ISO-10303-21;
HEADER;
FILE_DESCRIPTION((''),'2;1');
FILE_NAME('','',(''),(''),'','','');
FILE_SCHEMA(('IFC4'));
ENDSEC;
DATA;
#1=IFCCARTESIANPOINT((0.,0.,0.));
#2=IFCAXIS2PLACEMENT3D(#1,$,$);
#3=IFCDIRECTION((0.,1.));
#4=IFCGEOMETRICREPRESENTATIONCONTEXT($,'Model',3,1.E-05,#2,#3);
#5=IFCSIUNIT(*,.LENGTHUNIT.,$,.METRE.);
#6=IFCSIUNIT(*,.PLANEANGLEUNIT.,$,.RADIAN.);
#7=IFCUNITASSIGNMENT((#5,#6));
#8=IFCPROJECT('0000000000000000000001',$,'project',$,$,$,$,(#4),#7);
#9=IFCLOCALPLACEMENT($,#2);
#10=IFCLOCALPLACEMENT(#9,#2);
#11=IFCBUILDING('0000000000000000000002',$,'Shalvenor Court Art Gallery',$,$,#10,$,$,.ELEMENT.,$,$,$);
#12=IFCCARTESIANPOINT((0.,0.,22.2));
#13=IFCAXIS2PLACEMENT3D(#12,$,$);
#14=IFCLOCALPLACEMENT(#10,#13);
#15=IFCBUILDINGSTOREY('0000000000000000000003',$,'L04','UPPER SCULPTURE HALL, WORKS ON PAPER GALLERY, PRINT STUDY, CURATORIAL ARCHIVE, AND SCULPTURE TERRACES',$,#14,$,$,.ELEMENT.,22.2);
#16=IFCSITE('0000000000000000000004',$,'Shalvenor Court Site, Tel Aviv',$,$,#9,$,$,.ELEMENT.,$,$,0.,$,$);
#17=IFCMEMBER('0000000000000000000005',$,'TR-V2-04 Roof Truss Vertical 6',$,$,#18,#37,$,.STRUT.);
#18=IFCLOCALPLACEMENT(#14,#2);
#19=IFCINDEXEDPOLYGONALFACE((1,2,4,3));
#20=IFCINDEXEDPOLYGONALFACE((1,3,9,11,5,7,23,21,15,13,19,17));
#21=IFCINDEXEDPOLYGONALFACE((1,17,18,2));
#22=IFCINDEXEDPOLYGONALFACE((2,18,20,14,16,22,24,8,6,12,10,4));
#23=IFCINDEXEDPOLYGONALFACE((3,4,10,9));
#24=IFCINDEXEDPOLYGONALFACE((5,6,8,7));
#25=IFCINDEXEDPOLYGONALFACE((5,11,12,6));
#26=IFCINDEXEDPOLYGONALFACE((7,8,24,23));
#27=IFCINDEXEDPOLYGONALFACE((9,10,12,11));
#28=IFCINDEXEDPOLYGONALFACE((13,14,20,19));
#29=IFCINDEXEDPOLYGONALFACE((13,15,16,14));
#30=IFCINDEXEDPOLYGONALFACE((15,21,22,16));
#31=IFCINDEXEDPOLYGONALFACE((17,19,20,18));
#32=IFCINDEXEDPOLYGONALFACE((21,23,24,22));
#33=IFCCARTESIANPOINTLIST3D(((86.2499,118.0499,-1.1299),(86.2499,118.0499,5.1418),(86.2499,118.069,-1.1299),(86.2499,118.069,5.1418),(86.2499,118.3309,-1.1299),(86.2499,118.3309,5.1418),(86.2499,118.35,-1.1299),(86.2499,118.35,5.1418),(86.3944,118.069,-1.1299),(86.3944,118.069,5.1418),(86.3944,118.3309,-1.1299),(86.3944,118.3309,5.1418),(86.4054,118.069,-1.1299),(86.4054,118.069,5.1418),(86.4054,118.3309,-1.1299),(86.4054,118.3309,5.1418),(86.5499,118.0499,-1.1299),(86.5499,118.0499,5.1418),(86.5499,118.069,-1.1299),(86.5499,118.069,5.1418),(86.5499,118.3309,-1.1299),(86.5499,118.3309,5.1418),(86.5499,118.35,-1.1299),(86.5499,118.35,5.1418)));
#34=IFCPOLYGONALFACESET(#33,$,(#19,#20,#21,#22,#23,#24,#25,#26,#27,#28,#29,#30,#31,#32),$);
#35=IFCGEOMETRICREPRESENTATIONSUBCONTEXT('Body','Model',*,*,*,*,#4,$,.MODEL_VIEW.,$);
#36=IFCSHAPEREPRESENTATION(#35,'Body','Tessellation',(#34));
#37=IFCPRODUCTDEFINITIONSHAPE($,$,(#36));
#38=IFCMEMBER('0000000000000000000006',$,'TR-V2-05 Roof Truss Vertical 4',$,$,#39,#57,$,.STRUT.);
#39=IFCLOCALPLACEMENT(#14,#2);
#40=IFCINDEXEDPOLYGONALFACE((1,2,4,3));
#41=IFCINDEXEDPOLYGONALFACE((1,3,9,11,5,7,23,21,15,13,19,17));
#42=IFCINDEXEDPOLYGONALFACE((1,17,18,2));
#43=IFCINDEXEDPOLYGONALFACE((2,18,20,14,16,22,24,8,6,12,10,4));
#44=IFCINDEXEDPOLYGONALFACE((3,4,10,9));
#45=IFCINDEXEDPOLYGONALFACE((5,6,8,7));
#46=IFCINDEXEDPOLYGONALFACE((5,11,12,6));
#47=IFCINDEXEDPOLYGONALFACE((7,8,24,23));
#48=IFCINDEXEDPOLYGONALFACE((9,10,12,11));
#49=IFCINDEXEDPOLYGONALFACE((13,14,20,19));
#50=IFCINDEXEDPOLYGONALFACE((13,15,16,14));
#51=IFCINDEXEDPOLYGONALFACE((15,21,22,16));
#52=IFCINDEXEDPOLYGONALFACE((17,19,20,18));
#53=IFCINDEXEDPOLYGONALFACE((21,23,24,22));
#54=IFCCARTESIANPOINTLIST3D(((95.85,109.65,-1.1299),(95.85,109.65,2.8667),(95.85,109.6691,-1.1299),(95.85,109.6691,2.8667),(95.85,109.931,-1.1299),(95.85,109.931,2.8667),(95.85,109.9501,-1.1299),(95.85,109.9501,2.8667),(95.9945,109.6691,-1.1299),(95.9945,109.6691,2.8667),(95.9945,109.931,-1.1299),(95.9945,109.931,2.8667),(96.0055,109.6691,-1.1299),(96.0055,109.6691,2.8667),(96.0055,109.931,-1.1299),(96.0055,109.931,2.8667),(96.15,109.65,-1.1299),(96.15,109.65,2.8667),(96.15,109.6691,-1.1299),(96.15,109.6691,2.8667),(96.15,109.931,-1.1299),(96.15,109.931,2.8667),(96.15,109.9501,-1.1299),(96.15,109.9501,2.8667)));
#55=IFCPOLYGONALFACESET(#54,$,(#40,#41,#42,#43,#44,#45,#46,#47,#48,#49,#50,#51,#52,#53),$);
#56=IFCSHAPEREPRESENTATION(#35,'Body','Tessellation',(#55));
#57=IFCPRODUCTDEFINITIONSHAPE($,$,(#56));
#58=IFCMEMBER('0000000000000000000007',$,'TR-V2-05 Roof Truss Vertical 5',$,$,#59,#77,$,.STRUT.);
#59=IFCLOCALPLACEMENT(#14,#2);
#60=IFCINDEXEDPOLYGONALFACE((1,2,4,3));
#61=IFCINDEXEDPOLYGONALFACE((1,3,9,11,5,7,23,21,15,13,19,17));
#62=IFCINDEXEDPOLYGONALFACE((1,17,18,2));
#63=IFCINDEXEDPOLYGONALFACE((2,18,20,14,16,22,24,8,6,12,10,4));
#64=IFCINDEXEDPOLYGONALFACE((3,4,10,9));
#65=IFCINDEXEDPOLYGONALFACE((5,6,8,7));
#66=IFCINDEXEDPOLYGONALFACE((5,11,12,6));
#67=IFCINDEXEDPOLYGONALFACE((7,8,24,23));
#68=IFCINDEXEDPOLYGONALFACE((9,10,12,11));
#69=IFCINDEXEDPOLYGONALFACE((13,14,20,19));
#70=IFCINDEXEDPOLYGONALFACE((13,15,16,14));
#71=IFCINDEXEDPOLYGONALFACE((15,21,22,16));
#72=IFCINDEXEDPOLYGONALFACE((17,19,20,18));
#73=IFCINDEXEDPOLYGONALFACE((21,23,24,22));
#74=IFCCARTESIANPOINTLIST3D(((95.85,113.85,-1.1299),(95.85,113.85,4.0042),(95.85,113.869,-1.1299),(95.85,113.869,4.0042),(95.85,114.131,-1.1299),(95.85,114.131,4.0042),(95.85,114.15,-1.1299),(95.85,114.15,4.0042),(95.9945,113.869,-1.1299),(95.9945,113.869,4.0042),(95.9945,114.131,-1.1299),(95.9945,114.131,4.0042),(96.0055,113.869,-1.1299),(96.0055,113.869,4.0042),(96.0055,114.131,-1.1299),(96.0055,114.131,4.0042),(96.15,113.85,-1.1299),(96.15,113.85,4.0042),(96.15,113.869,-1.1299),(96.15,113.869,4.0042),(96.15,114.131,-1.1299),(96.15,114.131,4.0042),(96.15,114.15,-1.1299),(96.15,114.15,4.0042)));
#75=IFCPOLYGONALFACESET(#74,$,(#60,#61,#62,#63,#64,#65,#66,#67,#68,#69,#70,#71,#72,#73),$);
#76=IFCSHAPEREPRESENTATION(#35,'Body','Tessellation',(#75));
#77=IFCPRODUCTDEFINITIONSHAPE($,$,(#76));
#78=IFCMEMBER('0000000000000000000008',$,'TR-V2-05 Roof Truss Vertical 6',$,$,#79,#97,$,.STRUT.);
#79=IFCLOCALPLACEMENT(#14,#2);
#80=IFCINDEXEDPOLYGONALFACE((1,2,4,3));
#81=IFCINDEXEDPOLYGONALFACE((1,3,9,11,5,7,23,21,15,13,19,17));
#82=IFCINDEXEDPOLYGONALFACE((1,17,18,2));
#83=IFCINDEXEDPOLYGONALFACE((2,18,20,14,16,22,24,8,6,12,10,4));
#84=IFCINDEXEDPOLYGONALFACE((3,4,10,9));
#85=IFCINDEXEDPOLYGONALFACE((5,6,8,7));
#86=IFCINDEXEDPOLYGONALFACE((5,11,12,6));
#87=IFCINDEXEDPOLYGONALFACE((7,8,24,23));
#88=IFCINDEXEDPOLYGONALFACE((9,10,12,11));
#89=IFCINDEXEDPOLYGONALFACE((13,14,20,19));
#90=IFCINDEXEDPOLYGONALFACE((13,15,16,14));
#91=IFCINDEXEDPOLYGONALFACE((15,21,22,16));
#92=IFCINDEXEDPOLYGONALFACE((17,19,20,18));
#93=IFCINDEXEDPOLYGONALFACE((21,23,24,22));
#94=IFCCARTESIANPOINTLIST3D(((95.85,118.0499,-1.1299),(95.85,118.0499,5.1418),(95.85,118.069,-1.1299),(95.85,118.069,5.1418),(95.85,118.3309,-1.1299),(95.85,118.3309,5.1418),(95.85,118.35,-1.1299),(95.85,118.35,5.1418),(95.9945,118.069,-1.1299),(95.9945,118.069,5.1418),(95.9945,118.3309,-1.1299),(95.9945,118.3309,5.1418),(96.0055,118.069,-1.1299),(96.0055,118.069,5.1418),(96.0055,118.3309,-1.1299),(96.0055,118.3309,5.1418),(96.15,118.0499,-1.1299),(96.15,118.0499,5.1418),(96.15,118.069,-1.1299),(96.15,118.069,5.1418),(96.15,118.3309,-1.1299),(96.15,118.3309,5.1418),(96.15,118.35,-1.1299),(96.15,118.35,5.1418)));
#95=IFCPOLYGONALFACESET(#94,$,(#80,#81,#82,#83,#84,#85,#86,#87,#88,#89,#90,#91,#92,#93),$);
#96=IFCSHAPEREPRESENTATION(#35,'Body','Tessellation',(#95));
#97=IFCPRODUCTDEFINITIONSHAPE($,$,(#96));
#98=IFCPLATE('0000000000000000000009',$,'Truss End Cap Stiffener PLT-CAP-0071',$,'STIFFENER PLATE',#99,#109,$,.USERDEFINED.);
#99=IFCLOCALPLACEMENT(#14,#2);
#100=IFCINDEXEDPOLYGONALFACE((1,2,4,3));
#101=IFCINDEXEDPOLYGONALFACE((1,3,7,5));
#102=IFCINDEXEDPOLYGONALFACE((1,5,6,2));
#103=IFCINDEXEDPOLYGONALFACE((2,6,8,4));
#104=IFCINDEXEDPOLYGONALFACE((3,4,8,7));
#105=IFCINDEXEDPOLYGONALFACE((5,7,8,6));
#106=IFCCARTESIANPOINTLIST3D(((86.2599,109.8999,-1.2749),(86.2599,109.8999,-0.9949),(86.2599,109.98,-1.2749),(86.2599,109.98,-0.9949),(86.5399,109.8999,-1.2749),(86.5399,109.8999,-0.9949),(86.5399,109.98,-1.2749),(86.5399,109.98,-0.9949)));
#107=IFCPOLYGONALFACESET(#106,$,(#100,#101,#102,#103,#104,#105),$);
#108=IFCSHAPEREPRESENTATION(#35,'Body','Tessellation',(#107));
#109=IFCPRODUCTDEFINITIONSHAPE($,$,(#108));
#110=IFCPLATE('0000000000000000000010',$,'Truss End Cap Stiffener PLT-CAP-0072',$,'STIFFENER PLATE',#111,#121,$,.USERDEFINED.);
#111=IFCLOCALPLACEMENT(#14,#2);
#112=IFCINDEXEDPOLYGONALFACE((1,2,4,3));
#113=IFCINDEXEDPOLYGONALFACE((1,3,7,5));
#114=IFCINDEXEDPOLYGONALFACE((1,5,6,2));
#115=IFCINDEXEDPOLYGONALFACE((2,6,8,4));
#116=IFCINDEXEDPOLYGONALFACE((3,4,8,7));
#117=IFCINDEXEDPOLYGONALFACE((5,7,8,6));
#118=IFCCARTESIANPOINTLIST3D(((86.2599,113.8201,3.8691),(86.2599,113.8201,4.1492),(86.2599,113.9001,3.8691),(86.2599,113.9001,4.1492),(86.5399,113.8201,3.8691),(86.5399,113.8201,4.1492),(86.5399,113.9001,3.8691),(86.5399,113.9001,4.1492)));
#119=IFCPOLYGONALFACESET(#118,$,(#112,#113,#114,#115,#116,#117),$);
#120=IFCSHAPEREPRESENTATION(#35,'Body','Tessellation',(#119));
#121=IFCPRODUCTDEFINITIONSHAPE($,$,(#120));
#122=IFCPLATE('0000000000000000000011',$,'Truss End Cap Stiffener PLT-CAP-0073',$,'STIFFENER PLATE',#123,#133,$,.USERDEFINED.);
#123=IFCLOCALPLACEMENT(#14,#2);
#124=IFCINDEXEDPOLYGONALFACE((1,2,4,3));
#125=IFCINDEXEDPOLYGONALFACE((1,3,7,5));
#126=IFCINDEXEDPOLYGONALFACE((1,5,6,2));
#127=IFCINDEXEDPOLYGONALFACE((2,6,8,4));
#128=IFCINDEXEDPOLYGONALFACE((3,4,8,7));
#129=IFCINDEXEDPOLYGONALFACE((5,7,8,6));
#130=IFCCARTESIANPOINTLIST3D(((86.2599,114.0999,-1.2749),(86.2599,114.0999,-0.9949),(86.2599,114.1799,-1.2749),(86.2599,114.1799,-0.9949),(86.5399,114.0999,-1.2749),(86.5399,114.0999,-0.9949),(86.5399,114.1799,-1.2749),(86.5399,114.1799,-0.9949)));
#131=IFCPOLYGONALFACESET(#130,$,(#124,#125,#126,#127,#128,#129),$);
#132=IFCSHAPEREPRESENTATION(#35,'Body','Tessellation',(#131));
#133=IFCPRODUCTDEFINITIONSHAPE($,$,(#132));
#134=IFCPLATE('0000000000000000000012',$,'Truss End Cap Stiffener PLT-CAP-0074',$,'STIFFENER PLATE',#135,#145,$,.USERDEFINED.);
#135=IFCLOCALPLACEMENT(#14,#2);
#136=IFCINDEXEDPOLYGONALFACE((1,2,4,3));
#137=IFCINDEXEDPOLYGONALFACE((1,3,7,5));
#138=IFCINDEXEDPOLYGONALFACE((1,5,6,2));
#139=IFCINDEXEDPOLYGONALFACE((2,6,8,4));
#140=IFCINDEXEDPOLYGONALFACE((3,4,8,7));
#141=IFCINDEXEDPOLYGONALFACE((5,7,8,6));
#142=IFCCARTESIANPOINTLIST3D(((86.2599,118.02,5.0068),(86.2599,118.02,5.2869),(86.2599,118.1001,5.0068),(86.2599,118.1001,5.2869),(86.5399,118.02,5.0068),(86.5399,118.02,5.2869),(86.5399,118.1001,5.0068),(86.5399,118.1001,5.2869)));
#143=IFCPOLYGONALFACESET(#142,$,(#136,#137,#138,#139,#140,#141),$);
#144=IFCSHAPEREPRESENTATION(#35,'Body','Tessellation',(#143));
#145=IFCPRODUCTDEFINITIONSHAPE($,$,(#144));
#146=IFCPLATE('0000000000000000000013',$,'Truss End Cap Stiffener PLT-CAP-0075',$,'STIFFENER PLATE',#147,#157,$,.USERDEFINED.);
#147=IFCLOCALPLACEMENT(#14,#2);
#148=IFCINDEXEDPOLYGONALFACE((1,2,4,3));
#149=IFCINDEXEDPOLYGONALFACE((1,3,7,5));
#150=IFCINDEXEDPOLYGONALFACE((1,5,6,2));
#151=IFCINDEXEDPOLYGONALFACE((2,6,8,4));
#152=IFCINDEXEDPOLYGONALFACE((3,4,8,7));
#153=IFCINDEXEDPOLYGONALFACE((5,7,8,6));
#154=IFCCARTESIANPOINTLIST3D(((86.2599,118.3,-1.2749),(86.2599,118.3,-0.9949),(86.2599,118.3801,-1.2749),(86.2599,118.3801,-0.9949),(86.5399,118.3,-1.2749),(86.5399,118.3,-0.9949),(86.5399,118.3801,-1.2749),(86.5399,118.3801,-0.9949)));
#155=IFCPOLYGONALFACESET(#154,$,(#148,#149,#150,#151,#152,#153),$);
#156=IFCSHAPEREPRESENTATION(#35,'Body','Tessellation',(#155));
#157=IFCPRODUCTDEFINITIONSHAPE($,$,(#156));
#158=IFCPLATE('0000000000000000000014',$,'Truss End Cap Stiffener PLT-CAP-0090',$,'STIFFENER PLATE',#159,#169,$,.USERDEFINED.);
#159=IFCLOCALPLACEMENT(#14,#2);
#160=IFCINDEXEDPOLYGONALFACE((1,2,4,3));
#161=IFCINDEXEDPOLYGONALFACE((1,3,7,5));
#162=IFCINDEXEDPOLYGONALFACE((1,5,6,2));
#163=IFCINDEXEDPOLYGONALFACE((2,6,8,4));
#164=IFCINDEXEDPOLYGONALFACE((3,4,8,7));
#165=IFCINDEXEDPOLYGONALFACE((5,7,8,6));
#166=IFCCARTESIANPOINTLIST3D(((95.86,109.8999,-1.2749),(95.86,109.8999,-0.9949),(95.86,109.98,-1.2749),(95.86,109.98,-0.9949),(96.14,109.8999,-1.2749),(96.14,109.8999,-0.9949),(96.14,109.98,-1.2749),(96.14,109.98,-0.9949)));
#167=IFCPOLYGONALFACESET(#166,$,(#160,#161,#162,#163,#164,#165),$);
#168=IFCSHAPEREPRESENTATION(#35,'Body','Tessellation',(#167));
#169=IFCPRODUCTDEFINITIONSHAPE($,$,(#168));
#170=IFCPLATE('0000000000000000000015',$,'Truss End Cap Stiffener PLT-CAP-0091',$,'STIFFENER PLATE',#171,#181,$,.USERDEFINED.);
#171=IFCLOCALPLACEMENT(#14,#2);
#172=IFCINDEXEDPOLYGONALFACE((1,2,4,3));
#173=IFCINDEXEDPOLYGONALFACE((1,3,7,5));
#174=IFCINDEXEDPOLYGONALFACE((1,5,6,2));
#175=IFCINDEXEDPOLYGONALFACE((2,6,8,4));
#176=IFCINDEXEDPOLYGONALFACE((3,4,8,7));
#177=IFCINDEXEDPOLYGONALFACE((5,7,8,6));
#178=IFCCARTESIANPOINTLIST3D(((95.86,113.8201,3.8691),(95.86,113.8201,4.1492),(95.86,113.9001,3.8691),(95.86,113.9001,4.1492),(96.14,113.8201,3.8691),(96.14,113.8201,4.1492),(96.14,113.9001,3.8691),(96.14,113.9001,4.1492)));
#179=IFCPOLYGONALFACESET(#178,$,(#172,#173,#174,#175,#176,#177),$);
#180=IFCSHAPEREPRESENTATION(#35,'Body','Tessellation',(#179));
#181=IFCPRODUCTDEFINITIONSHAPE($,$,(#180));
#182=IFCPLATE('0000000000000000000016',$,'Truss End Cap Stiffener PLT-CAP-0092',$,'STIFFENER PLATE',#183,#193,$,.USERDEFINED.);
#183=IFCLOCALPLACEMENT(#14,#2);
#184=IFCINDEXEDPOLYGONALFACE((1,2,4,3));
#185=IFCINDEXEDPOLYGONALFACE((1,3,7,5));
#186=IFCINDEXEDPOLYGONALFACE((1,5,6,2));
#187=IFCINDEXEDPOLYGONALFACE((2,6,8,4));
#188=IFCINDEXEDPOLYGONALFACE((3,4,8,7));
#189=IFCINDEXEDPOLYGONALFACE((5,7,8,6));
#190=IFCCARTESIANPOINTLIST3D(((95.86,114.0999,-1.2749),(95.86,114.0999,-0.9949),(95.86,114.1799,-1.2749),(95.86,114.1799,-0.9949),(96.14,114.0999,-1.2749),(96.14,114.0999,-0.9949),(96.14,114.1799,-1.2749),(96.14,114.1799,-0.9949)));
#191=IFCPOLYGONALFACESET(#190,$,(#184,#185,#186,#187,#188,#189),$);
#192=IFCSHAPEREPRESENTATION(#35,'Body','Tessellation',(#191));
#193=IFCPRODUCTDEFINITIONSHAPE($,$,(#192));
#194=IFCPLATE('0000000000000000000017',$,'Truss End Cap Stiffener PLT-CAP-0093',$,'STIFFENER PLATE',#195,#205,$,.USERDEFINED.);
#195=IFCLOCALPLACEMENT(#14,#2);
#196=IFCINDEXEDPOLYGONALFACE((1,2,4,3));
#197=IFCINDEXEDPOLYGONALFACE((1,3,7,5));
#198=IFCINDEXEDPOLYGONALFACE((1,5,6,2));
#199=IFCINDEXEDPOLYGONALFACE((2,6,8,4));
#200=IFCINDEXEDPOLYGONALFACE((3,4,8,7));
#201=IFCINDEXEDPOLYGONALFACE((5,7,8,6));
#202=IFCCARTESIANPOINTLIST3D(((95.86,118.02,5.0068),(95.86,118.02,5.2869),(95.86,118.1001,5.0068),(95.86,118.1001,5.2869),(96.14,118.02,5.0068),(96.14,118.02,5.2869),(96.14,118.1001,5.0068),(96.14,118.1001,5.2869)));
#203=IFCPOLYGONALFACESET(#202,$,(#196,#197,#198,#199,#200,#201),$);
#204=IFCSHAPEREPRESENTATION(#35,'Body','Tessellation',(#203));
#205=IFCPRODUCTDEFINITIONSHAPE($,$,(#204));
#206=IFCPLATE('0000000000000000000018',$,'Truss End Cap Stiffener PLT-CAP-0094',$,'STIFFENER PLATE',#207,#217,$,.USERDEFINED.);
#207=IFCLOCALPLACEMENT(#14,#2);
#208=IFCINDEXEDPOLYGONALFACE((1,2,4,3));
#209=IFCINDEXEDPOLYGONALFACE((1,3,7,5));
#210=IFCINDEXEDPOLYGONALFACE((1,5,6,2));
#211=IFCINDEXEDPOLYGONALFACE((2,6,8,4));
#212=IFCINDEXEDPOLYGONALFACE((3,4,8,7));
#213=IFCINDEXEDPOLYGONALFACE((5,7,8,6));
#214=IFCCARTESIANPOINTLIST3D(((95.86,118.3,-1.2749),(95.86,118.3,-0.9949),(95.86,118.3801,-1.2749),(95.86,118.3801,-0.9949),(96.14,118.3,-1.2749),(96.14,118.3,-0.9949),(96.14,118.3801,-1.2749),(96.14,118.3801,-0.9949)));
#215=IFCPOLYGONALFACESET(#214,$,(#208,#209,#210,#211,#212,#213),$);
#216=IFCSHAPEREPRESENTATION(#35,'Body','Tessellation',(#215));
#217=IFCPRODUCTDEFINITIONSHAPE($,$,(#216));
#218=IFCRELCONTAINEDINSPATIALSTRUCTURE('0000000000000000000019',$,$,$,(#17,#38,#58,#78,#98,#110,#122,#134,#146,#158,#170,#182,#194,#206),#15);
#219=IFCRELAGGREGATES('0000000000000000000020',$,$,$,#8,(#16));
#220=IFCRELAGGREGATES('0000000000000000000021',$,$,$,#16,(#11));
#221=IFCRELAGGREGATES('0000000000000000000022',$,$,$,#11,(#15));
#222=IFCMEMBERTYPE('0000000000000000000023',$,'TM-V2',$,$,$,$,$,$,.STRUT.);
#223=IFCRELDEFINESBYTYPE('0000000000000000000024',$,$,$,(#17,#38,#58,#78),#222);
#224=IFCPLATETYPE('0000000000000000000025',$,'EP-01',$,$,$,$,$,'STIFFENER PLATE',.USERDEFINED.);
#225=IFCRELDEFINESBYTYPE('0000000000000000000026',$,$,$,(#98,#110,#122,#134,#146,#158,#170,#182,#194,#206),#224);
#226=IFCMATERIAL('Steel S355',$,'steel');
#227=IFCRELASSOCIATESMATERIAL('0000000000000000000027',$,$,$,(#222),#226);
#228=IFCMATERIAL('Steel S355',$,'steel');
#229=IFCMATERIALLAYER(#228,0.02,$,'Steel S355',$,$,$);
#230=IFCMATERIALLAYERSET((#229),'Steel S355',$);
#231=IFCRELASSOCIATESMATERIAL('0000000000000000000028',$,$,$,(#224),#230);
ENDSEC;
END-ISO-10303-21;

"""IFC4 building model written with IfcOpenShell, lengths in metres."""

from ifc_helpers import new_model, si_unit, direction, frame, origin, origin_2d, place, context, subcontext, project, spatial, rectangle, i_section, extrude, material, layer, layer_set, material_profile, profile_set, type_object, element, save


model = new_model("IFC4")

# Units and contexts
model_context = context("Model", 3, precision=1e-05, world=origin(), true_north=direction((0.0, 1.0)))
body_context = subcontext(model_context, "Body", "Model", "MODEL_VIEW")
ifc_project = project(units=[si_unit("LENGTHUNIT", "METRE"), si_unit("PLANEANGLEUNIT", "RADIAN")], contexts=[model_context])

# Site, building, storey
site_placement = place(None, origin())
site = spatial("IfcSite", under=ifc_project, at=site_placement, Name="Shalvenor Court Site, Tel Aviv", CompositionType="ELEMENT", RefElevation=0.0)
building_placement = place(site_placement, origin())
building = spatial("IfcBuilding", under=site, at=building_placement, Name="Shalvenor Court Art Gallery", CompositionType="ELEMENT")
storey_placement = place(building_placement, frame((0.0, 0.0, 22.2)))
storey = spatial("IfcBuildingStorey", under=building, at=storey_placement, Name="L04", Description="UPPER SCULPTURE HALL, WORKS ON PAPER GALLERY, PRINT STUDY, CURATORIAL ARCHIVE, AND SCULPTURE TERRACES", CompositionType="ELEMENT", Elevation=22.2)

# Members
ifc_material_1 = material(Name="Steel S355", Category="steel")
ifc_material_profile_1 = material_profile(ifc_material_1, i_section(OverallWidth=0.3, OverallDepth=0.3, WebThickness=0.011, FlangeThickness=0.019, at=origin_2d()), Name="HEB 300")
ifc_profile_set_1 = profile_set([ifc_material_profile_1], Name="Steel S355")
member_type_1 = type_object("IfcMemberType", Name="TM-V2", PredefinedType="STRUT", material=ifc_profile_set_1)
member_1_placement = place(storey_placement, frame((86.3999, 118.2, -1.1299), z_axis=(0.0, 0.0, 1.0), x_axis=(1.0, 0.0, 0.0)))
element("IfcMember", 1, at=member_1_placement, inside=storey, type_object=member_type_1, Name="TR-V2-04 Roof Truss Vertical 6", PredefinedType="STRUT", context=body_context, shape_type="SweptSolid", body=[
    extrude(i_section(OverallWidth=0.3, OverallDepth=0.3, WebThickness=0.011, FlangeThickness=0.019, at=origin_2d()), origin(), (0.0, 0.0, 1.0), 6.2717),
])
member_2_placement = place(storey_placement, frame((96.0, 109.8, -1.1299), z_axis=(0.0, 0.0, 1.0), x_axis=(1.0, 0.0, 0.0)))
element("IfcMember", 2, at=member_2_placement, inside=storey, type_object=member_type_1, Name="TR-V2-05 Roof Truss Vertical 4", PredefinedType="STRUT", context=body_context, shape_type="SweptSolid", body=[
    extrude(i_section(OverallWidth=0.3, OverallDepth=0.3, WebThickness=0.011, FlangeThickness=0.019, at=origin_2d()), origin(), (0.0, 0.0, 1.0), 3.9966),
])
member_3_placement = place(storey_placement, frame((96.0, 114.0, -1.1299), z_axis=(0.0, 0.0, 1.0), x_axis=(1.0, 0.0, 0.0)))
element("IfcMember", 3, at=member_3_placement, inside=storey, type_object=member_type_1, Name="TR-V2-05 Roof Truss Vertical 5", PredefinedType="STRUT", context=body_context, shape_type="SweptSolid", body=[
    extrude(i_section(OverallWidth=0.3, OverallDepth=0.3, WebThickness=0.011, FlangeThickness=0.019, at=origin_2d()), origin(), (0.0, 0.0, 1.0), 5.134),
])
member_4_placement = place(storey_placement, frame((96.0, 118.2, -1.1299), z_axis=(0.0, 0.0, 1.0), x_axis=(1.0, 0.0, 0.0)))
element("IfcMember", 4, at=member_4_placement, inside=storey, type_object=member_type_1, Name="TR-V2-05 Roof Truss Vertical 6", PredefinedType="STRUT", context=body_context, shape_type="SweptSolid", body=[
    extrude(i_section(OverallWidth=0.3, OverallDepth=0.3, WebThickness=0.011, FlangeThickness=0.019, at=origin_2d()), origin(), (0.0, 0.0, 1.0), 6.2717),
])

# Plates
ifc_material_2 = material(Name="Steel S355", Category="steel")
ifc_layer_1 = layer(ifc_material_2, 0.02, Name="Steel S355")
ifc_layer_set_1 = layer_set([ifc_layer_1], Name="Steel S355")
plate_type_1 = type_object("IfcPlateType", Name="EP-01", ElementType="STIFFENER PLATE", PredefinedType="USERDEFINED", material=ifc_layer_set_1)
for number, where, z_axis, x_axis, name in (
    (5, (86.3999, 109.9399, -1.2749), (0.0, 0.0, 1.0), (1.0, 0.0, 0.0), "Truss End Cap Stiffener PLT-CAP-0071"),
    (6, (86.3999, 113.8601, 3.8691), (0.0, 0.0, 1.0), (1.0, 0.0, 0.0), "Truss End Cap Stiffener PLT-CAP-0072"),
    (7, (86.3999, 114.1399, -1.2749), (0.0, 0.0, 1.0), (1.0, 0.0, 0.0), "Truss End Cap Stiffener PLT-CAP-0073"),
    (8, (86.3999, 118.0601, 5.0068), (0.0, 0.0, 1.0), (1.0, 0.0, 0.0), "Truss End Cap Stiffener PLT-CAP-0074"),
    (9, (86.3999, 118.3401, -1.2749), (0.0, 0.0, 1.0), (1.0, 0.0, 0.0), "Truss End Cap Stiffener PLT-CAP-0075"),
    (10, (96.0, 109.9399, -1.2749), (0.0, 0.0, 1.0), (1.0, 0.0, 0.0), "Truss End Cap Stiffener PLT-CAP-0090"),
    (11, (96.0, 113.8601, 3.8691), (0.0, 0.0, 1.0), (1.0, 0.0, 0.0), "Truss End Cap Stiffener PLT-CAP-0091"),
    (12, (96.0, 114.1399, -1.2749), (0.0, 0.0, 1.0), (1.0, 0.0, 0.0), "Truss End Cap Stiffener PLT-CAP-0092"),
    (13, (96.0, 118.0601, 5.0068), (0.0, 0.0, 1.0), (1.0, 0.0, 0.0), "Truss End Cap Stiffener PLT-CAP-0093"),
    (14, (96.0, 118.3401, -1.2749), (0.0, 0.0, 1.0), (1.0, 0.0, 0.0), "Truss End Cap Stiffener PLT-CAP-0094"),
):
    element("IfcPlate", number, at=place(storey_placement, frame(where, z_axis=z_axis, x_axis=x_axis)), inside=storey, type_object=plate_type_1, Name=name, ObjectType="STIFFENER PLATE", PredefinedType="USERDEFINED", context=body_context, shape_type="SweptSolid", body=[
        extrude(rectangle(XDim=0.28, YDim=0.0801, at=origin_2d()), origin(), (0.0, 0.0, 1.0), 0.28),
    ])

save(model, "model.ifc")
